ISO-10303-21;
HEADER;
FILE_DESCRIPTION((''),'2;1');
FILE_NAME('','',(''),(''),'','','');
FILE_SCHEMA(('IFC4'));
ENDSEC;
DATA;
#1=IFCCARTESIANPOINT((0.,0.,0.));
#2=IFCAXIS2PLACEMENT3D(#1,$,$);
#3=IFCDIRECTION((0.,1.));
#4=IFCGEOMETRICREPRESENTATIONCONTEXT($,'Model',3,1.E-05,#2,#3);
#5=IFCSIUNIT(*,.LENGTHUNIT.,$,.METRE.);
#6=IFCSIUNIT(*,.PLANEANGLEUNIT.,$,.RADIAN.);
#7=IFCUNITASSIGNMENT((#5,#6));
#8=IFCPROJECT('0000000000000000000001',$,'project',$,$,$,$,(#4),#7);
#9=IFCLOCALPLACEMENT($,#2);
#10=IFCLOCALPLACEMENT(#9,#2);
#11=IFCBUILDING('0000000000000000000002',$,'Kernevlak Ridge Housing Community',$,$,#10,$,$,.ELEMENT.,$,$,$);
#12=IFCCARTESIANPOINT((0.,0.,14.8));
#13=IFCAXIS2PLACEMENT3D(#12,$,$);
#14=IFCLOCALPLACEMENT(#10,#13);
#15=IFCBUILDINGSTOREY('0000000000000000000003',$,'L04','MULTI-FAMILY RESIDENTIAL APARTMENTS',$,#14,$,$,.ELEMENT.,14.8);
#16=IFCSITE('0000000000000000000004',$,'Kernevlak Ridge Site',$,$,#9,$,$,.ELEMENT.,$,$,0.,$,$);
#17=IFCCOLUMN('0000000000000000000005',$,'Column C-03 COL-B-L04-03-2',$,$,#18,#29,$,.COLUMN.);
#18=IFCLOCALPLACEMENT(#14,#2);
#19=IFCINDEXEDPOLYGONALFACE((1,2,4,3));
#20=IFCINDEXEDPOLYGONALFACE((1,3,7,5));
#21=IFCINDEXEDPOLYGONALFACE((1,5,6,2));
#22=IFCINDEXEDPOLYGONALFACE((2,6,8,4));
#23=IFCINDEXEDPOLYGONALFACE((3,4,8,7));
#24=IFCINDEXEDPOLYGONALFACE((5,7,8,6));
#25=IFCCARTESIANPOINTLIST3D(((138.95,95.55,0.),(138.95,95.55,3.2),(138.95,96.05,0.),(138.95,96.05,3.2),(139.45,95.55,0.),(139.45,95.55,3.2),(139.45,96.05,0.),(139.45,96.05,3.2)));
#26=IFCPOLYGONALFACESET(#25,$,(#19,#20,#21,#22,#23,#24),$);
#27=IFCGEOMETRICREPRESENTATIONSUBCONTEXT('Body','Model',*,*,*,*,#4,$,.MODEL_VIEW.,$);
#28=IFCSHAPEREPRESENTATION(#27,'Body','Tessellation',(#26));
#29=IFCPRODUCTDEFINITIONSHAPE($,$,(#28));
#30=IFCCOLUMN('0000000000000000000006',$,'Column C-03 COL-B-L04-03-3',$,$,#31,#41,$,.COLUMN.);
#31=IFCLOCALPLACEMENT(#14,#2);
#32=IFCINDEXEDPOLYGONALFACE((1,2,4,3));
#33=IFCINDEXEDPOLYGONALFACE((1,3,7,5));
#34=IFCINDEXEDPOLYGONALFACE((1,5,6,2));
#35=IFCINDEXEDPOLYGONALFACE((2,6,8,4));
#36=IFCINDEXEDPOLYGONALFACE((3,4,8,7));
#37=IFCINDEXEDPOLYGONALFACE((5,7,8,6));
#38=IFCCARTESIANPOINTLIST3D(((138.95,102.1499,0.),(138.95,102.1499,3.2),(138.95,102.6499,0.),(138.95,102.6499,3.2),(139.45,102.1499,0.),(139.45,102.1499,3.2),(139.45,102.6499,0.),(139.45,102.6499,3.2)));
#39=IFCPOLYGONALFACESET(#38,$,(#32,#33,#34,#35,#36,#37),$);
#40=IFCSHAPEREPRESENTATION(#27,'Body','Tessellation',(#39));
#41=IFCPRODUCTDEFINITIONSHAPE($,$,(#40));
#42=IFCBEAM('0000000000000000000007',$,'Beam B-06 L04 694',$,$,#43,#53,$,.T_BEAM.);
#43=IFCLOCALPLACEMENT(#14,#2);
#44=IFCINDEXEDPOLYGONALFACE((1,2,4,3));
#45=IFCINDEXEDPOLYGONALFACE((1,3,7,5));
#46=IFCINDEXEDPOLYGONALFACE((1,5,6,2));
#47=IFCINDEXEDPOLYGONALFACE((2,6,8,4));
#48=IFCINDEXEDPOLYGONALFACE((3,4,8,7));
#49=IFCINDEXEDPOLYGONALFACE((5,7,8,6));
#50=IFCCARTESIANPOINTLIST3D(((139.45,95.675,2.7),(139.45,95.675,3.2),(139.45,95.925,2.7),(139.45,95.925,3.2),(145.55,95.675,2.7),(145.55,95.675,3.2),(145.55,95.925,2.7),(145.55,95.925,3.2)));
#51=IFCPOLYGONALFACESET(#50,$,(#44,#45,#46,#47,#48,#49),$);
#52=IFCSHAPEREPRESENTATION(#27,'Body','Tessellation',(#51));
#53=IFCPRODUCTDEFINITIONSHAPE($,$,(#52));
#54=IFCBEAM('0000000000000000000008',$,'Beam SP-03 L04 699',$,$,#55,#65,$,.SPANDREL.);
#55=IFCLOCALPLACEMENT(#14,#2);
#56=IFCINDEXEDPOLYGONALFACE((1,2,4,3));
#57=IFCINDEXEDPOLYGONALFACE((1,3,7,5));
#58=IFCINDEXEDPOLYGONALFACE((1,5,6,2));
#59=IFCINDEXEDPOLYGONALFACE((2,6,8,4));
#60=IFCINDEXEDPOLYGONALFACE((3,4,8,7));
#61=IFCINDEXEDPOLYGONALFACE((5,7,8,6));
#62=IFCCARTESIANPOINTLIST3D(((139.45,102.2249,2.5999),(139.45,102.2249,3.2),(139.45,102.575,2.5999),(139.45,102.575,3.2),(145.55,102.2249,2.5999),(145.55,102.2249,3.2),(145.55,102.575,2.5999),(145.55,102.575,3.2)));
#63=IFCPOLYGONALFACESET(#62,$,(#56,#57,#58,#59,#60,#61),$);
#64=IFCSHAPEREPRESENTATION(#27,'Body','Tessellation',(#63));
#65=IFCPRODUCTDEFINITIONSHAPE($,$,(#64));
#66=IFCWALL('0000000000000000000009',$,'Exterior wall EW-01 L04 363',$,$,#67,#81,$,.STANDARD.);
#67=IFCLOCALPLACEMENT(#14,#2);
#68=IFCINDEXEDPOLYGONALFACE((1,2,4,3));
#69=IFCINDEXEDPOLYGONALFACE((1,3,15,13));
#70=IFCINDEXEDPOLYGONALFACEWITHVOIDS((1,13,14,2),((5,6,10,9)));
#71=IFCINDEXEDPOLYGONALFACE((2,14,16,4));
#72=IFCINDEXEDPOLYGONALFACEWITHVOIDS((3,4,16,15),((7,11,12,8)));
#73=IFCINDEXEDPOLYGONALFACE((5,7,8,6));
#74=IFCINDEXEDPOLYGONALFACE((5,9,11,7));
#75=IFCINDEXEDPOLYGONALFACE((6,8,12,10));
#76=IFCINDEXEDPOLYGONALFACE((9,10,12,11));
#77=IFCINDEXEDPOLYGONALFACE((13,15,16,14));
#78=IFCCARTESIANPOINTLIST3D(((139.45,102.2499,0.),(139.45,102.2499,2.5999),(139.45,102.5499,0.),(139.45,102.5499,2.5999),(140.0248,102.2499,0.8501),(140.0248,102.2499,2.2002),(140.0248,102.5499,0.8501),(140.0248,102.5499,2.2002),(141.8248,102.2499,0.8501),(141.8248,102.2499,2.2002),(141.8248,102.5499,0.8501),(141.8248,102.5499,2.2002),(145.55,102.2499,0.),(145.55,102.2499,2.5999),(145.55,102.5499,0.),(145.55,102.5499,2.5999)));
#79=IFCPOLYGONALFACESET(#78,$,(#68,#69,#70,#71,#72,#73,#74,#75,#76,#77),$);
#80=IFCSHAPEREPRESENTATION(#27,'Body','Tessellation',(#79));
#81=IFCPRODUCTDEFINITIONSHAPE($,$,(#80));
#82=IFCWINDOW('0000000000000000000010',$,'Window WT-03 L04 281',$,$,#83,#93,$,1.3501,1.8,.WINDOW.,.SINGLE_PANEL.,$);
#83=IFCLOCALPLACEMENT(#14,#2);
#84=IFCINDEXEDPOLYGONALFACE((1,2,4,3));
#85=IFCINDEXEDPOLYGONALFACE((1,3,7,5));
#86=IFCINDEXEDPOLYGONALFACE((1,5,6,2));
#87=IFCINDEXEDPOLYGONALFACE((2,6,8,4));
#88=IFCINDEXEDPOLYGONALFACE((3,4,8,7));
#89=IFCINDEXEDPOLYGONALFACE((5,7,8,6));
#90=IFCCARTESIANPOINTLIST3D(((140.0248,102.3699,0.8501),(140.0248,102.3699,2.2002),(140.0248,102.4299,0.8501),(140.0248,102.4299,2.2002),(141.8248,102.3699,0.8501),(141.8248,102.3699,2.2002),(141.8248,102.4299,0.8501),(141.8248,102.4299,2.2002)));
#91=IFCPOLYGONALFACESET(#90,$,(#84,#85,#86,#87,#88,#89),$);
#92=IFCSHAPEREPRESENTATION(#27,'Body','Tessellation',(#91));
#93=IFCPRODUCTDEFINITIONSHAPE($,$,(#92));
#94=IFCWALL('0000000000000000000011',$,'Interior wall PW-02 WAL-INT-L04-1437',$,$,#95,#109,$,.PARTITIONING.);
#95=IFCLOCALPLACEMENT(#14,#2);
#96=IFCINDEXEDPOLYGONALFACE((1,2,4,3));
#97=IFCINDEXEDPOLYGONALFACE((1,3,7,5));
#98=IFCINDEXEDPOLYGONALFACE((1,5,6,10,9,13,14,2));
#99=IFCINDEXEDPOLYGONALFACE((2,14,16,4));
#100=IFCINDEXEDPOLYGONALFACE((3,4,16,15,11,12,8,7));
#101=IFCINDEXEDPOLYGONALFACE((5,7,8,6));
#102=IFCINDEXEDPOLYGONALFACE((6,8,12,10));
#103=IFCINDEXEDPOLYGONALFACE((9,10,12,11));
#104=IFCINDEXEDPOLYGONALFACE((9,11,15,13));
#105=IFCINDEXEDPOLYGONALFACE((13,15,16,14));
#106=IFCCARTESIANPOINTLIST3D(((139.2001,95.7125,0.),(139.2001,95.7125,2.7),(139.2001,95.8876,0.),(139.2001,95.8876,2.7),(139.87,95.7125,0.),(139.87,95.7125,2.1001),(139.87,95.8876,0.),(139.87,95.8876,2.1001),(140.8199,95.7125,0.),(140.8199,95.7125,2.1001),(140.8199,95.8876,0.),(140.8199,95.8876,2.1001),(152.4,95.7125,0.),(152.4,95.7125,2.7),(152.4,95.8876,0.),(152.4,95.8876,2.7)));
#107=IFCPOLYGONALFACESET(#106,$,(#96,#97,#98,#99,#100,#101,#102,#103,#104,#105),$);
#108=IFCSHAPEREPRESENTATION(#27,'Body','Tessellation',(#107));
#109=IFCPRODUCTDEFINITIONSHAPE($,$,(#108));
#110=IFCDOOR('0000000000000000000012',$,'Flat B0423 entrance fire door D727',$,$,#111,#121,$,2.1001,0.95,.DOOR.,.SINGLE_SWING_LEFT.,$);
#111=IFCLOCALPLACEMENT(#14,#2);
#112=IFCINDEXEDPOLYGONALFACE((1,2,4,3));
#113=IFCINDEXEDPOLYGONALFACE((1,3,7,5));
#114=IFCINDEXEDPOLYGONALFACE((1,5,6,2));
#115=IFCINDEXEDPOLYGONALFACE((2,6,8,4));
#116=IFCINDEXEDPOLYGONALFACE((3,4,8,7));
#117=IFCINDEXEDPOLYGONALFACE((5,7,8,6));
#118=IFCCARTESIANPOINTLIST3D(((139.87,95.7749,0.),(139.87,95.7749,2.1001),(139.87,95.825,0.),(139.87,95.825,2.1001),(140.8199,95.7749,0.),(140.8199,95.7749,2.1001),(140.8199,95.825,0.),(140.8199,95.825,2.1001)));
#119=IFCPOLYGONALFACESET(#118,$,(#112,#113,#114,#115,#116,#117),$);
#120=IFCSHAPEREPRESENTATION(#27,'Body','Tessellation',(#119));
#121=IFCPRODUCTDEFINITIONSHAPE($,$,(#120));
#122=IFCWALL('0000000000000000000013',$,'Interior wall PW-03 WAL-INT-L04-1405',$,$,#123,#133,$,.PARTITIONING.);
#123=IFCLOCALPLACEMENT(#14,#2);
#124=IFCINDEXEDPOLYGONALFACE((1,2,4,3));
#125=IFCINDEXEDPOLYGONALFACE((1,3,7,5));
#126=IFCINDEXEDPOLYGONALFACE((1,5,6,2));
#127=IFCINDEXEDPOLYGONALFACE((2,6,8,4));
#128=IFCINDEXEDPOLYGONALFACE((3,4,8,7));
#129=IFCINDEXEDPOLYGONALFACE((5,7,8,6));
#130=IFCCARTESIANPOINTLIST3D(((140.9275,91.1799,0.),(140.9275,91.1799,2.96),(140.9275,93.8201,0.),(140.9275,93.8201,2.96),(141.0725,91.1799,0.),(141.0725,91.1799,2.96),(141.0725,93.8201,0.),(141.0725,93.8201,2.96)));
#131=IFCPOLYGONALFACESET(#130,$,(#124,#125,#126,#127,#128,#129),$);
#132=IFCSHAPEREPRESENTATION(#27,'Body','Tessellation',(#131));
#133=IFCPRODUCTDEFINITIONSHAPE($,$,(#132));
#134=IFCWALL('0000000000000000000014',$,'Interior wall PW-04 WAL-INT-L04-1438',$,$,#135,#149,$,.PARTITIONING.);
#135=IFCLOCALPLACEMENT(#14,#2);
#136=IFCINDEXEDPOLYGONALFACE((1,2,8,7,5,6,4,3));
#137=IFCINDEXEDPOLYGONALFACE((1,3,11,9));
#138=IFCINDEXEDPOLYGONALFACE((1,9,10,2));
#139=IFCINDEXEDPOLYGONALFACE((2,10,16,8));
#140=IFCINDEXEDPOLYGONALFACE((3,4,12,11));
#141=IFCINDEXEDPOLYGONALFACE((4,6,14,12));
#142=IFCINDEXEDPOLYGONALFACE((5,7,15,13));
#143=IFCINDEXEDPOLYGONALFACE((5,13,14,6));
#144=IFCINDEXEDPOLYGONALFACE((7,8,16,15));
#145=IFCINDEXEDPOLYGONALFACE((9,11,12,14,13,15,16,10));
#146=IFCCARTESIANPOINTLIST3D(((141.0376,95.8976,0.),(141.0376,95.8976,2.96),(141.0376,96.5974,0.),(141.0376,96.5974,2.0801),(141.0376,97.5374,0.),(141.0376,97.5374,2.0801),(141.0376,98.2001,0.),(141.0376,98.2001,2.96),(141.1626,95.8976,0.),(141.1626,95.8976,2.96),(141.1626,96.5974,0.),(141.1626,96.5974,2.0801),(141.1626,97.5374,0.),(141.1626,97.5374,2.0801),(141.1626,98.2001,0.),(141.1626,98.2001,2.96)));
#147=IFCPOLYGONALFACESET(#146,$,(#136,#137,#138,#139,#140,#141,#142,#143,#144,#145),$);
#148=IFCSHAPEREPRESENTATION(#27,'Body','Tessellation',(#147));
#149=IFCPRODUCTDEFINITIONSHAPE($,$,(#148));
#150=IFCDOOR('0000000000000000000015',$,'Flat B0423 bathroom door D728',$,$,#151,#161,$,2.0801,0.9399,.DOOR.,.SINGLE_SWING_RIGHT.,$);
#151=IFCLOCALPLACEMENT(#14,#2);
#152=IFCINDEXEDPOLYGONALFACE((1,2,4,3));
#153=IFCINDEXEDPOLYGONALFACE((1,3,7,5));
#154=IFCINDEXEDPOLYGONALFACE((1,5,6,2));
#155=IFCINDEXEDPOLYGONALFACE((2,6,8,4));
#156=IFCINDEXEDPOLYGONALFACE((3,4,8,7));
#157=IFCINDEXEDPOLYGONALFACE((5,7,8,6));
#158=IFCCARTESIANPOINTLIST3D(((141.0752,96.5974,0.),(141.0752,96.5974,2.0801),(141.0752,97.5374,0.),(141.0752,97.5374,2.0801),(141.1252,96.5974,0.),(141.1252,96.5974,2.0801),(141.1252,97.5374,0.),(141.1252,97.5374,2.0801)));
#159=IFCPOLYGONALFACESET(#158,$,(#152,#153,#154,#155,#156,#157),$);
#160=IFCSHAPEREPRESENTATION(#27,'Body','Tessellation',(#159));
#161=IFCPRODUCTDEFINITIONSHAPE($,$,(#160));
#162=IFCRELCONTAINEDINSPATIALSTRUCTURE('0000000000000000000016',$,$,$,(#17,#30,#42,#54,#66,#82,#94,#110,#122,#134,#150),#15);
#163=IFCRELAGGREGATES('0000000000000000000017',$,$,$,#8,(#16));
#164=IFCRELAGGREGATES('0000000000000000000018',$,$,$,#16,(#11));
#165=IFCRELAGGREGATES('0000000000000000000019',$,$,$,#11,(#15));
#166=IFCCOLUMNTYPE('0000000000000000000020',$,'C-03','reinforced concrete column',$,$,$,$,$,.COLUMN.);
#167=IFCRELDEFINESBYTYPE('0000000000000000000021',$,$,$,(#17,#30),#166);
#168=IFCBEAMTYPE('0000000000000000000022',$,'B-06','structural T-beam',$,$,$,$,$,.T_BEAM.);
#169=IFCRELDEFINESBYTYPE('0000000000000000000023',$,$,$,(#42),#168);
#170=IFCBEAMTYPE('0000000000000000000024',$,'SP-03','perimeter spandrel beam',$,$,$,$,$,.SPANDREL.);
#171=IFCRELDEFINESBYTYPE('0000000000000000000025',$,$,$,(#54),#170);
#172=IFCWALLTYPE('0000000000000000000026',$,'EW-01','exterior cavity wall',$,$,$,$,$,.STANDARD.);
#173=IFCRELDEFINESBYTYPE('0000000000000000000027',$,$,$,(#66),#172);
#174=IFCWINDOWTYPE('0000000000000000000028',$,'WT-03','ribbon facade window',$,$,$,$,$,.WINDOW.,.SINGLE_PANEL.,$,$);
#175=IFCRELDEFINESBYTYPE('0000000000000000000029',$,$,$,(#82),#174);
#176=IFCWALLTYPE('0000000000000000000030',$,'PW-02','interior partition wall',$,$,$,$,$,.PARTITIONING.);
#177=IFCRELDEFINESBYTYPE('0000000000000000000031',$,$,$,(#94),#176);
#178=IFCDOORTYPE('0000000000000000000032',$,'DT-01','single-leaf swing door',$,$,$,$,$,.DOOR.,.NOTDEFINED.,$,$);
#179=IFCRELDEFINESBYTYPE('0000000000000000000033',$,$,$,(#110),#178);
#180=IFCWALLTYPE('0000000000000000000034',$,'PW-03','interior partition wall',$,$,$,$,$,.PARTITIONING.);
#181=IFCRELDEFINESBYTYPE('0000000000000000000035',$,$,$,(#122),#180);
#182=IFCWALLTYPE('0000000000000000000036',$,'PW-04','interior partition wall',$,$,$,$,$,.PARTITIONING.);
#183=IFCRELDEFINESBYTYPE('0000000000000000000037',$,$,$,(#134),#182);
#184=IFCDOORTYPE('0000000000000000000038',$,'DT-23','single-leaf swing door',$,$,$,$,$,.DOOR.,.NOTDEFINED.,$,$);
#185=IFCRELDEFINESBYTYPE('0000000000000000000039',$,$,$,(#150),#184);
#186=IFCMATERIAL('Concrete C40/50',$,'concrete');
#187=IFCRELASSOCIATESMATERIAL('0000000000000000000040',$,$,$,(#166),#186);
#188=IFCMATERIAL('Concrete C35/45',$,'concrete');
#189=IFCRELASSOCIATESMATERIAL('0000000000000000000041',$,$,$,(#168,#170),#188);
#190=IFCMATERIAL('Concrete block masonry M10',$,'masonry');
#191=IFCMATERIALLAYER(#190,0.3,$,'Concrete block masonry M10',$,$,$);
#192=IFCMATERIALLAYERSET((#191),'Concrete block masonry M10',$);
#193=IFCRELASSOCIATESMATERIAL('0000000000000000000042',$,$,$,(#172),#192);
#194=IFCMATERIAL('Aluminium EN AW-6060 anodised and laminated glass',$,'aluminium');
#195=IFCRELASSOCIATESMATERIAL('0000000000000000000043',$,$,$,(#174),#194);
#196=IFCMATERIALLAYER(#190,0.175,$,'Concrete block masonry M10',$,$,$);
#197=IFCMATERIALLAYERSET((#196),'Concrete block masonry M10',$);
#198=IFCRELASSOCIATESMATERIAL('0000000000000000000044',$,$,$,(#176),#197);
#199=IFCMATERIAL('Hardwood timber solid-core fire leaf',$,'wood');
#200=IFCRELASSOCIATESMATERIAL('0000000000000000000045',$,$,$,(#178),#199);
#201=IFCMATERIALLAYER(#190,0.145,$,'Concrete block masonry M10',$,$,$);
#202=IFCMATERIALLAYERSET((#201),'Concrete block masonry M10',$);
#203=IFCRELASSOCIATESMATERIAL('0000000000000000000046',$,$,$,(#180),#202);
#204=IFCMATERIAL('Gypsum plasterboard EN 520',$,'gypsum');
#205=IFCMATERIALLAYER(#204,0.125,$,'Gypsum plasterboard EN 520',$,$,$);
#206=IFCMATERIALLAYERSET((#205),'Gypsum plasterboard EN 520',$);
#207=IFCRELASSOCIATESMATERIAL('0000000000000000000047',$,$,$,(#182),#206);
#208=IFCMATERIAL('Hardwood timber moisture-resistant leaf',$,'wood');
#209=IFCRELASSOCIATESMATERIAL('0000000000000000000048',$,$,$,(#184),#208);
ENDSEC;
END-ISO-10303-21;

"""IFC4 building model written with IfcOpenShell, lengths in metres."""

from ifc_helpers import new_model, si_unit, direction, frame, frame_2d, origin, origin_2d, place, context, subcontext, project, spatial, rectangle, extrude, material, layer, layer_set, material_profile, profile_set, type_object, element, fill, save


model = new_model("IFC4")

# Units and contexts
model_context = context("Model", 3, precision=1e-05, world=origin(), true_north=direction((0.0, 1.0)))
body_context = subcontext(model_context, "Body", "Model", "MODEL_VIEW")
ifc_project = project(units=[si_unit("LENGTHUNIT", "METRE"), si_unit("PLANEANGLEUNIT", "RADIAN")], contexts=[model_context])

# Site, building, storey
site_placement = place(None, origin())
site = spatial("IfcSite", under=ifc_project, at=site_placement, Name="Kernevlak Ridge Site", CompositionType="ELEMENT", RefElevation=0.0)
building_placement = place(site_placement, origin())
building = spatial("IfcBuilding", under=site, at=building_placement, Name="Kernevlak Ridge Housing Community", CompositionType="ELEMENT")
storey_placement = place(building_placement, frame((0.0, 0.0, 14.8)))
storey = spatial("IfcBuildingStorey", under=building, at=storey_placement, Name="L04", Description="MULTI-FAMILY RESIDENTIAL APARTMENTS", CompositionType="ELEMENT", Elevation=14.8)

# Columns
ifc_material_1 = material(Name="Concrete C40/50", Category="concrete")
ifc_material_profile_1 = material_profile(ifc_material_1, rectangle(XDim=0.5, YDim=0.5, at=origin_2d()), Name="RC 500x500")
ifc_profile_set_1 = profile_set([ifc_material_profile_1], Name="Concrete C40/50")
column_type = type_object("IfcColumnType", Name="C-03", Description="reinforced concrete column", PredefinedType="COLUMN", material=ifc_profile_set_1)
for number, where, z_axis, x_axis, name in (
    (1, (139.2, 95.8, 0.0), (0.0, 0.0, 1.0), (1.0, 0.0, 0.0), "Column C-03 COL-B-L04-03-2"),
    (2, (139.2, 102.3999, 0.0), (0.0, 0.0, 1.0), (1.0, 0.0, 0.0), "Column C-03 COL-B-L04-03-3"),
):
    element("IfcColumn", number, at=place(storey_placement, frame(where, z_axis=z_axis, x_axis=x_axis)), inside=storey, type_object=column_type, Name=name, PredefinedType="COLUMN", context=body_context, shape_type="SweptSolid", body=[
        extrude(rectangle(XDim=0.5, YDim=0.5, at=origin_2d()), origin(), (0.0, 0.0, 1.0), 3.2),
    ])

# Beams
ifc_material_2 = material(Name="Concrete C35/45", Category="concrete")
ifc_material_profile_2 = material_profile(ifc_material_2, rectangle(XDim=0.25, YDim=0.5, at=origin_2d()), Name="RC 250x500")
ifc_profile_set_2 = profile_set([ifc_material_profile_2], Name="Concrete C35/45")
beam_type_1 = type_object("IfcBeamType", Name="B-06", Description="structural T-beam", PredefinedType="T_BEAM", material=ifc_profile_set_2)
beam_1_placement = place(storey_placement, frame((139.45, 95.8, 2.95), z_axis=(1.0, 0.0, 0.0), x_axis=(0.0, 1.0, 0.0)))
element("IfcBeam", 3, at=beam_1_placement, inside=storey, type_object=beam_type_1, Name="Beam B-06 L04 694", PredefinedType="T_BEAM", context=body_context, shape_type="SweptSolid", body=[
    extrude(rectangle(XDim=0.25, YDim=0.5, at=origin_2d()), origin(), (0.0, 0.0, 1.0), 6.1001),
])
ifc_material_profile_3 = material_profile(ifc_material_2, rectangle(XDim=0.3501, YDim=0.6001, at=origin_2d()), Name="RC 350x600")
ifc_profile_set_3 = profile_set([ifc_material_profile_3], Name="Concrete C35/45")
beam_type_2 = type_object("IfcBeamType", Name="SP-03", Description="perimeter spandrel beam", PredefinedType="SPANDREL", material=ifc_profile_set_3)
beam_2_placement = place(storey_placement, frame((139.45, 102.3999, 2.8999), z_axis=(1.0, 0.0, 0.0), x_axis=(0.0, 1.0, 0.0)))
element("IfcBeam", 4, at=beam_2_placement, inside=storey, type_object=beam_type_2, Name="Beam SP-03 L04 699", PredefinedType="SPANDREL", context=body_context, shape_type="SweptSolid", body=[
    extrude(rectangle(XDim=0.3501, YDim=0.6001, at=origin_2d()), origin(), (0.0, 0.0, 1.0), 6.1001),
])

# Wall, opening, window
ifc_material_3 = material(Name="Concrete block masonry M10", Category="masonry")
ifc_layer_1 = layer(ifc_material_3, 0.3, Name="Concrete block masonry M10")
ifc_layer_set_1 = layer_set([ifc_layer_1], Name="Concrete block masonry M10")
wall_type_1 = type_object("IfcWallType", Name="EW-01", Description="exterior cavity wall", PredefinedType="STANDARD", material=ifc_layer_set_1)
wall_1_placement = place(storey_placement, frame((139.45, 102.3999, 0.0), z_axis=(0.0, 0.0, 1.0), x_axis=(1.0, 0.0, 0.0)))
wall_1 = element("IfcWall", 5, at=wall_1_placement, inside=storey, type_object=wall_type_1, Name="Exterior wall EW-01 L04 363", PredefinedType="STANDARD", context=body_context, shape_type="SweptSolid", body=[
    extrude(rectangle(XDim=6.1001, YDim=0.3, at=frame_2d((3.05, 0.0))), origin(), (0.0, 0.0, 1.0), 2.5999),
])
opening_1_placement = place(wall_1_placement, frame((0.575, 0.0, 0.8501)))
opening_1 = element("IfcOpeningElement", 6, at=opening_1_placement, cuts=wall_1, PredefinedType="OPENING", context=body_context, shape_type="SweptSolid", body=[
    extrude(rectangle(XDim=1.8, YDim=1.3501, at=frame_2d((0.8999, 0.675))), frame((0.0, 0.1599, 0.0), z_axis=(0.0, -1.0, 0.0), x_axis=(1.0, 0.0, 0.0)), (0.0, 0.0, 1.0), 0.3201),
])
ifc_material_4 = material(Name="Aluminium EN AW-6060 anodised and laminated glass", Category="aluminium")
window_type = type_object("IfcWindowType", Name="WT-03", Description="ribbon facade window", PartitioningType="SINGLE_PANEL", PredefinedType="WINDOW", material=ifc_material_4)
window_placement = place(opening_1_placement, origin())
window = element("IfcWindow", 7, at=window_placement, inside=storey, type_object=window_type, Name="Window WT-03 L04 281", OverallHeight=1.3501, OverallWidth=1.8, PartitioningType="SINGLE_PANEL", PredefinedType="WINDOW", context=body_context, shape_type="SweptSolid", body=[
    extrude(rectangle(XDim=1.8, YDim=1.3501, at=frame_2d((0.8999, 0.675))), frame((0.0, 0.03, 0.0), z_axis=(0.0, -1.0, 0.0), x_axis=(1.0, 0.0, 0.0)), (0.0, 0.0, 1.0), 0.0601),
])
fill(opening_1, window)

# Wall, opening, door
ifc_layer_2 = layer(ifc_material_3, 0.175, Name="Concrete block masonry M10")
ifc_layer_set_2 = layer_set([ifc_layer_2], Name="Concrete block masonry M10")
wall_type_2 = type_object("IfcWallType", Name="PW-02", Description="interior partition wall", PredefinedType="PARTITIONING", material=ifc_layer_set_2)
wall_2_placement = place(storey_placement, frame((139.2, 95.8, 0.0), z_axis=(0.0, 0.0, 1.0), x_axis=(1.0, 0.0, 0.0)))
wall_2 = element("IfcWall", 8, at=wall_2_placement, inside=storey, type_object=wall_type_2, Name="Interior wall PW-02 WAL-INT-L04-1437", PredefinedType="PARTITIONING", context=body_context, shape_type="SweptSolid", body=[
    extrude(rectangle(XDim=13.2, YDim=0.175, at=frame_2d((6.6001, 0.0))), origin(), (0.0, 0.0, 1.0), 2.7),
])
opening_2_placement = place(wall_2_placement, frame((0.6699, 0.0, 0.0)))
opening_2 = element("IfcOpeningElement", 9, at=opening_2_placement, cuts=wall_2, PredefinedType="OPENING", context=body_context, shape_type="SweptSolid", body=[
    extrude(rectangle(XDim=0.95, YDim=2.1001, at=frame_2d((0.4751, 1.05))), frame((0.0, 0.0974, 0.0), z_axis=(0.0, -1.0, 0.0), x_axis=(1.0, 0.0, 0.0)), (0.0, 0.0, 1.0), 0.1951),
])
ifc_material_5 = material(Name="Hardwood timber solid-core fire leaf", Category="wood")
door_type_1 = type_object("IfcDoorType", Name="DT-01", Description="single-leaf swing door", OperationType="NOTDEFINED", PredefinedType="DOOR", material=ifc_material_5)
door_1_placement = place(opening_2_placement, origin())
door_1 = element("IfcDoor", 10, at=door_1_placement, inside=storey, type_object=door_type_1, Name="Flat B0423 entrance fire door D727", OperationType="SINGLE_SWING_LEFT", OverallHeight=2.1001, OverallWidth=0.95, PredefinedType="DOOR", context=body_context, shape_type="SweptSolid", body=[
    extrude(rectangle(XDim=0.95, YDim=2.1001, at=frame_2d((0.4751, 1.05))), frame((0.0, 0.0249, 0.0), z_axis=(0.0, -1.0, 0.0), x_axis=(1.0, 0.0, 0.0)), (0.0, 0.0, 1.0), 0.05),
])
fill(opening_2, door_1)

# Wall
ifc_layer_3 = layer(ifc_material_3, 0.145, Name="Concrete block masonry M10")
ifc_layer_set_3 = layer_set([ifc_layer_3], Name="Concrete block masonry M10")
wall_type_3 = type_object("IfcWallType", Name="PW-03", Description="interior partition wall", PredefinedType="PARTITIONING", material=ifc_layer_set_3)
wall_3_placement = place(storey_placement, frame((141.0, 91.1799, 0.0), z_axis=(0.0, 0.0, 1.0), x_axis=(0.0, 1.0, 0.0)))
element("IfcWall", 11, at=wall_3_placement, inside=storey, type_object=wall_type_3, Name="Interior wall PW-03 WAL-INT-L04-1405", PredefinedType="PARTITIONING", context=body_context, shape_type="SweptSolid", body=[
    extrude(rectangle(XDim=2.6401, YDim=0.145, at=frame_2d((1.3201, 0.0))), origin(), (0.0, 0.0, 1.0), 2.96),
])

# Wall, opening, door
ifc_material_6 = material(Name="Gypsum plasterboard EN 520", Category="gypsum")
ifc_layer_4 = layer(ifc_material_6, 0.125, Name="Gypsum plasterboard EN 520")
ifc_layer_set_4 = layer_set([ifc_layer_4], Name="Gypsum plasterboard EN 520")
wall_type_4 = type_object("IfcWallType", Name="PW-04", Description="interior partition wall", PredefinedType="PARTITIONING", material=ifc_layer_set_4)
wall_4_placement = place(storey_placement, frame((141.1001, 95.8975, 0.0), z_axis=(0.0, 0.0, 1.0), x_axis=(0.0, 1.0, 0.0)))
wall_4 = element("IfcWall", 12, at=wall_4_placement, inside=storey, type_object=wall_type_4, Name="Interior wall PW-04 WAL-INT-L04-1438", PredefinedType="PARTITIONING", context=body_context, shape_type="SweptSolid", body=[
    extrude(rectangle(XDim=2.3025, YDim=0.125, at=frame_2d((1.1514, 0.0))), origin(), (0.0, 0.0, 1.0), 2.96),
])
opening_3_placement = place(wall_4_placement, frame((0.7, 0.0, 0.0)))
opening_3 = element("IfcOpeningElement", 13, at=opening_3_placement, cuts=wall_4, PredefinedType="OPENING", context=body_context, shape_type="SweptSolid", body=[
    extrude(rectangle(XDim=0.9399, YDim=2.0801, at=frame_2d((0.47, 1.04))), frame((0.0, 0.0725, 0.0), z_axis=(0.0, -1.0, 0.0), x_axis=(1.0, 0.0, 0.0)), (0.0, 0.0, 1.0), 0.145),
])
ifc_material_7 = material(Name="Hardwood timber moisture-resistant leaf", Category="wood")
door_type_2 = type_object("IfcDoorType", Name="DT-23", Description="single-leaf swing door", OperationType="NOTDEFINED", PredefinedType="DOOR", material=ifc_material_7)
door_2_placement = place(opening_3_placement, origin())
door_2 = element("IfcDoor", 14, at=door_2_placement, inside=storey, type_object=door_type_2, Name="Flat B0423 bathroom door D728", OperationType="SINGLE_SWING_RIGHT", OverallHeight=2.0801, OverallWidth=0.9399, PredefinedType="DOOR", context=body_context, shape_type="SweptSolid", body=[
    extrude(rectangle(XDim=0.9399, YDim=2.0801, at=frame_2d((0.47, 1.04))), frame((0.0, 0.0249, 0.0), z_axis=(0.0, -1.0, 0.0), x_axis=(1.0, 0.0, 0.0)), (0.0, 0.0, 1.0), 0.05),
])
fill(opening_3, door_2)

save(model, "model.ifc")
